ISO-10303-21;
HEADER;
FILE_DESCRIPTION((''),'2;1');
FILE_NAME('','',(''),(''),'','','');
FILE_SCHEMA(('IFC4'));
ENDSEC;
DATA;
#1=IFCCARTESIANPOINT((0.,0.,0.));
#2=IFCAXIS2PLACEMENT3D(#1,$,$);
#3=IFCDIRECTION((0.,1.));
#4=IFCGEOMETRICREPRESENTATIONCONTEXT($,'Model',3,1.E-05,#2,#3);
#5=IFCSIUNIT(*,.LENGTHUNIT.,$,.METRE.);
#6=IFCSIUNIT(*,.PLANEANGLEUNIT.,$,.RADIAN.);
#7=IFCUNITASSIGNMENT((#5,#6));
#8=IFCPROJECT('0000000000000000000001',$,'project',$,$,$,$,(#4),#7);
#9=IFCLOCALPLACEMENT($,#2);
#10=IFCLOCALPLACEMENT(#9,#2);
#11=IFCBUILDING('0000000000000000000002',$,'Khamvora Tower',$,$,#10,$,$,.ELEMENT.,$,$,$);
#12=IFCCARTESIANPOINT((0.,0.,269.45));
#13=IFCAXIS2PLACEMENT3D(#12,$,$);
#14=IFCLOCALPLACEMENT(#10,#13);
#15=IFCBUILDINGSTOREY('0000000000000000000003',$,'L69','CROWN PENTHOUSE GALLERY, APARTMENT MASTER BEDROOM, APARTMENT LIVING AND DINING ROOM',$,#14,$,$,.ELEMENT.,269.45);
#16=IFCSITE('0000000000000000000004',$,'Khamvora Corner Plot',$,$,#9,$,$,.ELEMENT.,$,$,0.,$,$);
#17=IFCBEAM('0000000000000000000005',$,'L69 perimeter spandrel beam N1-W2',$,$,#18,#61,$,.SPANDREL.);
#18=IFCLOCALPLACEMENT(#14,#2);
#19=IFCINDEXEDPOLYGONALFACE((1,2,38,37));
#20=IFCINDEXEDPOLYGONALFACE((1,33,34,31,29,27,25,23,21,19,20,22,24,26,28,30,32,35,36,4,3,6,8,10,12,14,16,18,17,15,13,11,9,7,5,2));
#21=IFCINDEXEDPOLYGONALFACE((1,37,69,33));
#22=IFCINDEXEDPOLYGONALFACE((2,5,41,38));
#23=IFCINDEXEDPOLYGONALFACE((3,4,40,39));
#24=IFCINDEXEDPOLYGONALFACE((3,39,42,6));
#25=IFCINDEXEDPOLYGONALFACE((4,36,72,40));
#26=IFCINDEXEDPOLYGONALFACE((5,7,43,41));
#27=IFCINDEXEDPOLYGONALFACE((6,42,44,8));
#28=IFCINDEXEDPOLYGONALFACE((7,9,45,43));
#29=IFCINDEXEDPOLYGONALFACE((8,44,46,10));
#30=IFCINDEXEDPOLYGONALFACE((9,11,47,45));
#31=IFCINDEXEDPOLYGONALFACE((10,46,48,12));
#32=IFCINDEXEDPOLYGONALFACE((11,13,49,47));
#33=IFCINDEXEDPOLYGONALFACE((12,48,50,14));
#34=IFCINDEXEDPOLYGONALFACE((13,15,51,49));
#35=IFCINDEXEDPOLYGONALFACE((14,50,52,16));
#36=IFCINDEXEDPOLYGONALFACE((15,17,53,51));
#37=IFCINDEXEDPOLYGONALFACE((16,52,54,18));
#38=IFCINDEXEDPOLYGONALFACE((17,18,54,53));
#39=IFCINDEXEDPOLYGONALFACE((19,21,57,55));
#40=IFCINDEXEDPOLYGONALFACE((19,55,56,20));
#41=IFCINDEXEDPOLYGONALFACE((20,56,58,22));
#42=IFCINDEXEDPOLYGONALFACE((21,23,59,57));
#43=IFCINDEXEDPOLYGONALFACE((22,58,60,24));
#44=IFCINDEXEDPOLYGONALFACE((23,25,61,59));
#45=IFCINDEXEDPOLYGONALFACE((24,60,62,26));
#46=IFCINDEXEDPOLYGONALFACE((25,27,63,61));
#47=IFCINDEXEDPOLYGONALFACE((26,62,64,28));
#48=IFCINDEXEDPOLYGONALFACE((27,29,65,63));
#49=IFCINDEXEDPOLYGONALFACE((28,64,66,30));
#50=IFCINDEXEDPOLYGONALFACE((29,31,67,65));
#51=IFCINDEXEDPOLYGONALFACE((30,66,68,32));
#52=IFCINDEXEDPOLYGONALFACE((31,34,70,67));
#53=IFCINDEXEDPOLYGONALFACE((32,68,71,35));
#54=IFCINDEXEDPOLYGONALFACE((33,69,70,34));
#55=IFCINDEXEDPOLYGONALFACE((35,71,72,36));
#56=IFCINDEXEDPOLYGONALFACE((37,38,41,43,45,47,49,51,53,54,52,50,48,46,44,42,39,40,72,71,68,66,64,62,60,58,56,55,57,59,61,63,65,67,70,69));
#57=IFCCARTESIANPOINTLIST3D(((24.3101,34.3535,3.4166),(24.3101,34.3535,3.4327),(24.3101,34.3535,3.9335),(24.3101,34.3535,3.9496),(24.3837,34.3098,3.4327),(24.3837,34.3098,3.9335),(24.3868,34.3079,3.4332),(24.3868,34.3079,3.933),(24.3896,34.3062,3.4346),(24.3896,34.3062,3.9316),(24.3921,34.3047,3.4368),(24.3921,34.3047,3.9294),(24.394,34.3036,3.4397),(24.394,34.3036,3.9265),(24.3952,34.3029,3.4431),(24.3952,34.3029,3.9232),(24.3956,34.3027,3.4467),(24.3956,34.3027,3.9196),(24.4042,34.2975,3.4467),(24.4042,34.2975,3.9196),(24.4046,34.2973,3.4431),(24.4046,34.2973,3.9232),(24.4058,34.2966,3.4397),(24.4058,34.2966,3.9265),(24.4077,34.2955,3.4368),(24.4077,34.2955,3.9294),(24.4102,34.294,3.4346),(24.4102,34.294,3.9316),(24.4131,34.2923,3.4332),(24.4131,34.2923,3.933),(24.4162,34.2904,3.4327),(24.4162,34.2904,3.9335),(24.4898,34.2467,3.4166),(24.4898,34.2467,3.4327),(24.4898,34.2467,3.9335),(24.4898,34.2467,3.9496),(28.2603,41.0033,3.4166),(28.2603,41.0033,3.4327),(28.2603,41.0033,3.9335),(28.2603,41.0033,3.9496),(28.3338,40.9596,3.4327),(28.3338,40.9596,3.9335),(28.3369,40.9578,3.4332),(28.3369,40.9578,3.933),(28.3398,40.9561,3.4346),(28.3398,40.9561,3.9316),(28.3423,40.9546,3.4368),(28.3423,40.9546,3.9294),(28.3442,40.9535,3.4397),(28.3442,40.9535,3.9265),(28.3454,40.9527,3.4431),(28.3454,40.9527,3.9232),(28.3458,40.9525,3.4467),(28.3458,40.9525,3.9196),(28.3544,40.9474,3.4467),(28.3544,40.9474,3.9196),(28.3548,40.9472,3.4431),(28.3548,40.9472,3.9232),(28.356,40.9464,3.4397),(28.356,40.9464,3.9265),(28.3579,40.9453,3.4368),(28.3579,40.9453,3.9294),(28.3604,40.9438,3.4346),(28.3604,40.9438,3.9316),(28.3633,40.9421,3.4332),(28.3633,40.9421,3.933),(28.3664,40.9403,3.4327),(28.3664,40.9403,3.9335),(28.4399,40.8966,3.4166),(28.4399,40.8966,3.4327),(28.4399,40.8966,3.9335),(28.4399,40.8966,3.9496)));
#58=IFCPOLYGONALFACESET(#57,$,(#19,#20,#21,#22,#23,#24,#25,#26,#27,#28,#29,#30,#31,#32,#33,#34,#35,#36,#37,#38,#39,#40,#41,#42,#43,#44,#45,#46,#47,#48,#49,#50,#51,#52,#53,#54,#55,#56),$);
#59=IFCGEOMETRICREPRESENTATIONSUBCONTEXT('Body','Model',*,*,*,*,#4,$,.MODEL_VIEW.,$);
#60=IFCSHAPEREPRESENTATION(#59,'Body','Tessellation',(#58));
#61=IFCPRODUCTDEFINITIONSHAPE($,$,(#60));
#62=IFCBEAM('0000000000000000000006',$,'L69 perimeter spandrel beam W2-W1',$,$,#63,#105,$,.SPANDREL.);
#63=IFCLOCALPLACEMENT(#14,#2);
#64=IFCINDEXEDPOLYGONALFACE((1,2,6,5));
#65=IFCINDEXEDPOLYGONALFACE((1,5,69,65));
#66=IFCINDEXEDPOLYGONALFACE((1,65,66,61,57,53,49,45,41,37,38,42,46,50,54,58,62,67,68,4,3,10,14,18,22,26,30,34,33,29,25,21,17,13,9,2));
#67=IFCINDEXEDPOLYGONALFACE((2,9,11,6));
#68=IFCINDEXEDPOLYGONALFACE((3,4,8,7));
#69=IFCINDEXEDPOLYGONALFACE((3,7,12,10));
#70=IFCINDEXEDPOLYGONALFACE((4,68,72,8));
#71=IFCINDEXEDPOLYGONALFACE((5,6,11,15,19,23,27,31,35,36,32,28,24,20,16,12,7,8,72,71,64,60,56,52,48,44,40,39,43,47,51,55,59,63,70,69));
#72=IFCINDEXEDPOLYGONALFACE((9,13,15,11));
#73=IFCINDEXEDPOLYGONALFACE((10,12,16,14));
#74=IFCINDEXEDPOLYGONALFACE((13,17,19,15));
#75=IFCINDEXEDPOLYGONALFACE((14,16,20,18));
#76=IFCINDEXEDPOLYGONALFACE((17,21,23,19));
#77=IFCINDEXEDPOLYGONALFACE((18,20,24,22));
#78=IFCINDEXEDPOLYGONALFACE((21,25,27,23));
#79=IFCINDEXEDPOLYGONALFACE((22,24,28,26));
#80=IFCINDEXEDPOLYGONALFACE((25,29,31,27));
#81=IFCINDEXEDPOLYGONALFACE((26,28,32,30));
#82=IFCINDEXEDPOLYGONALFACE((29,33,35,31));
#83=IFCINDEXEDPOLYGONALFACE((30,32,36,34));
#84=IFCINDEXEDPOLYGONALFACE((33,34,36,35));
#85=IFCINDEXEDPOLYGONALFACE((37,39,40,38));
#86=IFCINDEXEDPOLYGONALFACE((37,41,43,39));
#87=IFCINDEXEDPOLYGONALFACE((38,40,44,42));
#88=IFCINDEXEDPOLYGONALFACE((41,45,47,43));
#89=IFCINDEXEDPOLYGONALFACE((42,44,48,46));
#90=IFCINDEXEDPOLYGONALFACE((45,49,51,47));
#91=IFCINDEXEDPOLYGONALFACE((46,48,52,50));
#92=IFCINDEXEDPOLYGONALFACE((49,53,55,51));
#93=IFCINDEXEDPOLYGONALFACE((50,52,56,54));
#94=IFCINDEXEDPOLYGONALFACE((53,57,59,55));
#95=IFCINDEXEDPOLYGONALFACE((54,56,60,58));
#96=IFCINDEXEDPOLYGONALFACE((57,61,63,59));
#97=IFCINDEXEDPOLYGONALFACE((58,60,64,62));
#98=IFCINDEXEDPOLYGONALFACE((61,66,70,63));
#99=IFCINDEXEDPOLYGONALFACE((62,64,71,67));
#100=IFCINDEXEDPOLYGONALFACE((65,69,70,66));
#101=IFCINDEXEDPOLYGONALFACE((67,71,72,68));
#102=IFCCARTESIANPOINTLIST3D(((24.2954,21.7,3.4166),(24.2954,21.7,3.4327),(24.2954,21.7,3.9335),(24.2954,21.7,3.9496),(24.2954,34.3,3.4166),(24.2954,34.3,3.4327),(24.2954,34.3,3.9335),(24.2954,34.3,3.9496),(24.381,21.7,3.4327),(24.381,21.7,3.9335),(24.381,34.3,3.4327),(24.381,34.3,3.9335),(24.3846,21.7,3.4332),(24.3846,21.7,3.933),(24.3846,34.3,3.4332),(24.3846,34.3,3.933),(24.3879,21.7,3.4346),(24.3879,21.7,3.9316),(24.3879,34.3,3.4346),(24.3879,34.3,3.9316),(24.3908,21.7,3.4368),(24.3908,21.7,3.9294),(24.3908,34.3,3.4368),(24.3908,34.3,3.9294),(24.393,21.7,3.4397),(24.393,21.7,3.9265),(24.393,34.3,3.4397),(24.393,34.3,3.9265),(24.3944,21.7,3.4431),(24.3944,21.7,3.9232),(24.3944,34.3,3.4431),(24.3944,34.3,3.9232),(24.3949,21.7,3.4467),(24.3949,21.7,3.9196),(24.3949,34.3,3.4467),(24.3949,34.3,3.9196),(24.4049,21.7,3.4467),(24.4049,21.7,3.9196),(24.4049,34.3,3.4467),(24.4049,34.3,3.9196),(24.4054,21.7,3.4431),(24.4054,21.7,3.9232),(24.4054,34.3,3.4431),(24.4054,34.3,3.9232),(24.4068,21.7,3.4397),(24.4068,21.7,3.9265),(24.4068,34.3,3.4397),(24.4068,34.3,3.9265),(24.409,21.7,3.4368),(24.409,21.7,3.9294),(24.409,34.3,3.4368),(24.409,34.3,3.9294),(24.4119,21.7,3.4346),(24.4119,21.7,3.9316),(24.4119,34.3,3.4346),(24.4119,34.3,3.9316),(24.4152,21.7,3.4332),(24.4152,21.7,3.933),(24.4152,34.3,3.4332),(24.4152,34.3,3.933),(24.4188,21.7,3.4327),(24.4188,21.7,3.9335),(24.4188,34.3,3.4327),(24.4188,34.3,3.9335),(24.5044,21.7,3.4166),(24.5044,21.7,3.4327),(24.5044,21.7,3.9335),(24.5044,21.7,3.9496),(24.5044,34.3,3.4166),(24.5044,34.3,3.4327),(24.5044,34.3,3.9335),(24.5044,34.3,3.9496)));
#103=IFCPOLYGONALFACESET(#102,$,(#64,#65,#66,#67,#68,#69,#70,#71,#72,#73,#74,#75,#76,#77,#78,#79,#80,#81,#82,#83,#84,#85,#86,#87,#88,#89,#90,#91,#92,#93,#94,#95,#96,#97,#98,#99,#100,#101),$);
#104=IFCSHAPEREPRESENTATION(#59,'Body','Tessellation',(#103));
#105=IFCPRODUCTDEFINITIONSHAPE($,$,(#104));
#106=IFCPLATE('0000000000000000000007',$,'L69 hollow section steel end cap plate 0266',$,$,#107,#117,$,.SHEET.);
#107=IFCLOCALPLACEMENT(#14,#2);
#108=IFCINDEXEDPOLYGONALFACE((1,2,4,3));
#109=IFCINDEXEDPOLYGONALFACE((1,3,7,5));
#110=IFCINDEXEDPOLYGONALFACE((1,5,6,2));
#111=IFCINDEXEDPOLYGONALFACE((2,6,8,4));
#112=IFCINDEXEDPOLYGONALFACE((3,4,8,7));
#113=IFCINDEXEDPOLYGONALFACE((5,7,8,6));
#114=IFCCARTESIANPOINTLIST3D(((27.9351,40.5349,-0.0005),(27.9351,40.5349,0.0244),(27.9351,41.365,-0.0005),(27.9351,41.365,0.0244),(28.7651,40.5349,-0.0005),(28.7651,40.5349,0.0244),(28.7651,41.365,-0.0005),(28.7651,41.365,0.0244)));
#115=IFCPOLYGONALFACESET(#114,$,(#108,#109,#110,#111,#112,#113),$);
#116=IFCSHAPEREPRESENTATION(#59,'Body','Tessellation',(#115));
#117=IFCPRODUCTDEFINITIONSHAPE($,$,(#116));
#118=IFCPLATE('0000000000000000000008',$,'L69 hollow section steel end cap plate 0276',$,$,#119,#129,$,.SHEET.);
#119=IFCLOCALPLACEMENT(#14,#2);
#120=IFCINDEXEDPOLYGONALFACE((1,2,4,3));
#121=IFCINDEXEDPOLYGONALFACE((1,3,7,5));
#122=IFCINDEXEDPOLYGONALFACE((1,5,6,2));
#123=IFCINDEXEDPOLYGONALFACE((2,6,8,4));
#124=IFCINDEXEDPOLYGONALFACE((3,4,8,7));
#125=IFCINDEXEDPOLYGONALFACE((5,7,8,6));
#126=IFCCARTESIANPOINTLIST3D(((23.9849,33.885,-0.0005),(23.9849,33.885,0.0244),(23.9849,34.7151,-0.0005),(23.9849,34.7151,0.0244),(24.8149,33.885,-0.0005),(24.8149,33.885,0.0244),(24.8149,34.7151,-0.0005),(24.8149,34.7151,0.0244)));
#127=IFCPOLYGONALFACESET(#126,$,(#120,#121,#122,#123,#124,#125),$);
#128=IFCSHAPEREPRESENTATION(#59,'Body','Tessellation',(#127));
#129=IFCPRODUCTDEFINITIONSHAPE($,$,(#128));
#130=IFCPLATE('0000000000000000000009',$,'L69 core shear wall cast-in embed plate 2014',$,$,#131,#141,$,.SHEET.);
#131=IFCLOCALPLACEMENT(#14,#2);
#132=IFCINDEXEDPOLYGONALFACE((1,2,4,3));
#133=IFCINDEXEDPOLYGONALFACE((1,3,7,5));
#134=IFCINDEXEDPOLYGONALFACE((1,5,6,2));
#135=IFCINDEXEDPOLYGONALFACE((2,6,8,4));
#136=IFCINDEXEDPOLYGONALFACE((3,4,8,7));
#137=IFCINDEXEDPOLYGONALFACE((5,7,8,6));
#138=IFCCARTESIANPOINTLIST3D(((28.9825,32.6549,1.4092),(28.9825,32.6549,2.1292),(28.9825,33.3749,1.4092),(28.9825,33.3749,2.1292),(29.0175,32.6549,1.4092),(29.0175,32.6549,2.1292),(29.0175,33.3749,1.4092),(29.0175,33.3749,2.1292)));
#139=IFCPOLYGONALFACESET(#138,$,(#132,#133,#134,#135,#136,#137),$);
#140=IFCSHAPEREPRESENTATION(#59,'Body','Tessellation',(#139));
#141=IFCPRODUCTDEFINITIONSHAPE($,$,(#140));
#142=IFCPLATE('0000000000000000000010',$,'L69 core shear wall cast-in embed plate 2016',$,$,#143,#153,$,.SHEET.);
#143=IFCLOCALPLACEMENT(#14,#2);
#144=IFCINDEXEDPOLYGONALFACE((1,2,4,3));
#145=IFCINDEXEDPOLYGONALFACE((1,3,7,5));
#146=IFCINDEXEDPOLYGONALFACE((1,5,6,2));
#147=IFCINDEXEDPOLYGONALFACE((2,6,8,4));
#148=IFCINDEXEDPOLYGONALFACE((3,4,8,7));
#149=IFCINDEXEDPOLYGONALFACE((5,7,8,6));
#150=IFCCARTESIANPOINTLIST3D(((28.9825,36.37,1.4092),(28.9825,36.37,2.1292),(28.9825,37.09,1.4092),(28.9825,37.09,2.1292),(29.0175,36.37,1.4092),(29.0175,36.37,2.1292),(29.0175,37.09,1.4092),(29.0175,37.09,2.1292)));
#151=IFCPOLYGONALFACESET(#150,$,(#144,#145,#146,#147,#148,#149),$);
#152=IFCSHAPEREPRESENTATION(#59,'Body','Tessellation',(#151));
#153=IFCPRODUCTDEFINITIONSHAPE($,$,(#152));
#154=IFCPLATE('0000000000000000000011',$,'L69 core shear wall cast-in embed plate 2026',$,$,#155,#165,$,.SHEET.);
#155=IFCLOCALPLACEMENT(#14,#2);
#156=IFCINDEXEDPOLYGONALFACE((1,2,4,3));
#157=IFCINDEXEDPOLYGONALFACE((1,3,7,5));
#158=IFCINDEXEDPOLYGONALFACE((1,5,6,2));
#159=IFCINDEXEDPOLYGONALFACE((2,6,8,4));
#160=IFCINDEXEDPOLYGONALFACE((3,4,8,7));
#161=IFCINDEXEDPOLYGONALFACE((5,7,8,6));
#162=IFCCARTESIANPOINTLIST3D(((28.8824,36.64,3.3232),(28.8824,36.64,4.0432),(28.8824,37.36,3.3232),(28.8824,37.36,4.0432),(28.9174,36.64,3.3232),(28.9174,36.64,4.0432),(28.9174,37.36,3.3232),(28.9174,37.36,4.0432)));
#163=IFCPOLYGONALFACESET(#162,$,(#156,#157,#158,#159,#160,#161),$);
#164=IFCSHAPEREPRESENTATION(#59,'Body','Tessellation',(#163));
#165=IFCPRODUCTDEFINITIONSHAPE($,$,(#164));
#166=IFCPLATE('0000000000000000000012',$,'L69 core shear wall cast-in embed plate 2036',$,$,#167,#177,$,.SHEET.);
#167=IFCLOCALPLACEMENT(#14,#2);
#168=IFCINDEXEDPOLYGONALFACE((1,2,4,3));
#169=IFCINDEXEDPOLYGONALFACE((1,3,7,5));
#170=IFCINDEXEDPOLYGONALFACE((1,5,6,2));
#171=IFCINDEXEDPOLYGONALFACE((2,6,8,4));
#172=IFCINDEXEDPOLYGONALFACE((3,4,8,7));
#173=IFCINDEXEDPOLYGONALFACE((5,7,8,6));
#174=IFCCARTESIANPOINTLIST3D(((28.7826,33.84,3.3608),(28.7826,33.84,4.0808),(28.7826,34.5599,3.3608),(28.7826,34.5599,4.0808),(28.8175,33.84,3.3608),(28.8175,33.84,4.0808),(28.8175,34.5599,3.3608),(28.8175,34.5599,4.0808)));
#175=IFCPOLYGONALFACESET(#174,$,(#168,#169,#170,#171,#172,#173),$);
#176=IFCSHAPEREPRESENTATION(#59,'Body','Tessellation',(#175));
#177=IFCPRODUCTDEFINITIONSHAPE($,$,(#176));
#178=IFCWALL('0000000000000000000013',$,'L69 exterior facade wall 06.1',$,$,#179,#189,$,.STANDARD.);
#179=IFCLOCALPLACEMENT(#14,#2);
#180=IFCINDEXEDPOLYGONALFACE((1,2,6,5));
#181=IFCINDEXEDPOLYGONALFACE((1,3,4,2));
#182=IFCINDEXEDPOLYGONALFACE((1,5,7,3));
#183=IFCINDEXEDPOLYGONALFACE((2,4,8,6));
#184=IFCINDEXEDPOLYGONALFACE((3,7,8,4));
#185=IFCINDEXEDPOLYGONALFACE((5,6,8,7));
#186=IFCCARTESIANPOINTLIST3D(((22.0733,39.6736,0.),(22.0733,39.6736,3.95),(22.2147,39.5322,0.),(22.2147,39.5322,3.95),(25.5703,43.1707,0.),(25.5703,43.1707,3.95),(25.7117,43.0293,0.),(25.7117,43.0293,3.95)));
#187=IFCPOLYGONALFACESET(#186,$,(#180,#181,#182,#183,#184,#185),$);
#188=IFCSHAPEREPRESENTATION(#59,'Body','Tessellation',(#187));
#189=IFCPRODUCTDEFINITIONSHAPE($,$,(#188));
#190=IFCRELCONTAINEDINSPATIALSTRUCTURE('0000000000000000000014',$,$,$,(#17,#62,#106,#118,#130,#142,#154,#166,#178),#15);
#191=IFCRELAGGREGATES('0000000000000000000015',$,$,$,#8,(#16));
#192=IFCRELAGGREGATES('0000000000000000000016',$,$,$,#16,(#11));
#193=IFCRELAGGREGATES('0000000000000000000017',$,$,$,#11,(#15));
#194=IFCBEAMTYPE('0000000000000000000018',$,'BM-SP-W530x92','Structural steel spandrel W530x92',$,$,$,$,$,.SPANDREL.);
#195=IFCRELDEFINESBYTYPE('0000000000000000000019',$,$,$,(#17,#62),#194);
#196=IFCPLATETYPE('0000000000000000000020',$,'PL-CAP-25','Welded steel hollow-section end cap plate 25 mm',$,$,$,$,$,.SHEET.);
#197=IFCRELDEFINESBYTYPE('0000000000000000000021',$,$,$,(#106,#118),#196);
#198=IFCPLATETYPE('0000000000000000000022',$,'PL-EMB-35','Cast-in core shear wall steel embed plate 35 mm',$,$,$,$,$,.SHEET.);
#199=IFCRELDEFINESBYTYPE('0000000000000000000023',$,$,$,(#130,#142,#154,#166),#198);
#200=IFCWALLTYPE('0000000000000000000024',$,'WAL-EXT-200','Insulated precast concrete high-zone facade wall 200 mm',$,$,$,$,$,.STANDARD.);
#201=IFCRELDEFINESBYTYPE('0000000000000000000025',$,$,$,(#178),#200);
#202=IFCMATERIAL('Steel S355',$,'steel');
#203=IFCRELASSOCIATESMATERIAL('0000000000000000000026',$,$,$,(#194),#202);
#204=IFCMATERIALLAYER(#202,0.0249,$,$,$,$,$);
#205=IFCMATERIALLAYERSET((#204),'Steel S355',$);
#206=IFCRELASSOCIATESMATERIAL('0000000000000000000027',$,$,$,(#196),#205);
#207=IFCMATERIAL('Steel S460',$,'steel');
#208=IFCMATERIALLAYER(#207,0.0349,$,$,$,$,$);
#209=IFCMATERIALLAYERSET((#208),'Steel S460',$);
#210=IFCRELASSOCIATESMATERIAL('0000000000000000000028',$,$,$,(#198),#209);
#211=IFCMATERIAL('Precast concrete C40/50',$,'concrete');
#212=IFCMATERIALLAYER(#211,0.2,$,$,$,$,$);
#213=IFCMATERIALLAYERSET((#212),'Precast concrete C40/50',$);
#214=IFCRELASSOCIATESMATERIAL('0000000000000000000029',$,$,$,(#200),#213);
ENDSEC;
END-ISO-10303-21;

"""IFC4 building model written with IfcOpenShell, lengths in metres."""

from ifc_helpers import new_model, si_unit, direction, frame, frame_2d, origin, origin_2d, place, context, subcontext, project, spatial, rectangle, i_section, extrude, material, layer, layer_set, material_profile, profile_set, type_object, element, save


model = new_model("IFC4")

# Units and contexts
model_context = context("Model", 3, precision=1e-05, world=origin(), true_north=direction((0.0, 1.0)))
body_context = subcontext(model_context, "Body", "Model", "MODEL_VIEW")
ifc_project = project(units=[si_unit("LENGTHUNIT", "METRE"), si_unit("PLANEANGLEUNIT", "RADIAN")], contexts=[model_context])

# Site, building, storey
site_placement = place(None, origin())
site = spatial("IfcSite", under=ifc_project, at=site_placement, Name="Khamvora Corner Plot", CompositionType="ELEMENT", RefElevation=0.0)
building_placement = place(site_placement, origin())
building = spatial("IfcBuilding", under=site, at=building_placement, Name="Khamvora Tower", CompositionType="ELEMENT")
storey_placement = place(building_placement, frame((0.0, 0.0, 269.45)))
storey = spatial("IfcBuildingStorey", under=building, at=storey_placement, Name="L69", Description="CROWN PENTHOUSE GALLERY, APARTMENT MASTER BEDROOM, APARTMENT LIVING AND DINING ROOM", CompositionType="ELEMENT", Elevation=269.45)

# Shared definitions
ifc_material_1 = material(Name="Steel S355", Category="steel")

# Beams
ifc_material_profile_1 = material_profile(ifc_material_1, i_section(OverallWidth=0.209, OverallDepth=0.533, WebThickness=0.01, FlangeThickness=0.0161, FilletRadius=0.0139, at=origin_2d()), Name="W530x92")
ifc_profile_set_1 = profile_set([ifc_material_profile_1], Name="Steel S355")
beam_type_1 = type_object("IfcBeamType", Name="BM-SP-W530x92", Description="Structural steel spandrel W530x92", PredefinedType="SPANDREL", material=ifc_profile_set_1)
beam_1_placement = place(storey_placement, frame((28.3501, 40.95, 3.6831), z_axis=(-0.510712, -0.859752, 0.0), x_axis=(0.859752, -0.510712, 0.0)))
element("IfcBeam", 1, at=beam_1_placement, inside=storey, type_object=beam_type_1, Name="L69 perimeter spandrel beam N1-W2", PredefinedType="SPANDREL", context=body_context, shape_type="SweptSolid", body=[
    extrude(i_section(OverallWidth=0.209, OverallDepth=0.533, WebThickness=0.01, FlangeThickness=0.0161, FilletRadius=0.0139, at=origin_2d()), origin(), (0.0, 0.0, 1.0), 7.7346),
])
beam_2_placement = place(storey_placement, frame((24.3999, 34.3, 3.6831), z_axis=(0.0, -1.0, 0.0), x_axis=(1.0, 0.0, 0.0)))
element("IfcBeam", 2, at=beam_2_placement, inside=storey, type_object=beam_type_1, Name="L69 perimeter spandrel beam W2-W1", PredefinedType="SPANDREL", context=body_context, shape_type="SweptSolid", body=[
    extrude(i_section(OverallWidth=0.209, OverallDepth=0.533, WebThickness=0.01, FlangeThickness=0.0161, FilletRadius=0.0139, at=origin_2d()), origin(), (0.0, 0.0, 1.0), 12.6001),
])

# Plates
ifc_layer_1 = layer(ifc_material_1, 0.0249)
ifc_layer_set_1 = layer_set([ifc_layer_1], Name="Steel S355")
plate_type_1 = type_object("IfcPlateType", Name="PL-CAP-25", Description="Welded steel hollow-section end cap plate 25 mm", PredefinedType="SHEET", material=ifc_layer_set_1)
for number, where, z_axis, x_axis, name in (
    (3, (28.3501, 40.95, -0.0005), (0.0, 0.0, 1.0), (1.0, 0.0, 0.0), "L69 hollow section steel end cap plate 0266"),
    (4, (24.3999, 34.3, -0.0005), (0.0, 0.0, 1.0), (1.0, 0.0, 0.0), "L69 hollow section steel end cap plate 0276"),
):
    element("IfcPlate", number, at=place(storey_placement, frame(where, z_axis=z_axis, x_axis=x_axis)), inside=storey, type_object=plate_type_1, Name=name, PredefinedType="SHEET", context=body_context, shape_type="SweptSolid", body=[
        extrude(rectangle(XDim=0.8301, YDim=0.8301, at=origin_2d()), origin(), (0.0, 0.0, 1.0), 0.0249),
    ])
ifc_material_2 = material(Name="Steel S460", Category="steel")
ifc_layer_2 = layer(ifc_material_2, 0.0349)
ifc_layer_set_2 = layer_set([ifc_layer_2], Name="Steel S460")
plate_type_2 = type_object("IfcPlateType", Name="PL-EMB-35", Description="Cast-in core shear wall steel embed plate 35 mm", PredefinedType="SHEET", material=ifc_layer_set_2)
for number, where, z_axis, x_axis, name in (
    (5, (29.0, 33.0149, 1.4092), (0.0, 0.0, 1.0), (1.0, 0.0, 0.0), "L69 core shear wall cast-in embed plate 2014"),
    (6, (29.0, 36.73, 1.4092), (0.0, 0.0, 1.0), (1.0, 0.0, 0.0), "L69 core shear wall cast-in embed plate 2016"),
    (7, (28.8999, 37.0, 3.3232), (0.0, 0.0, 1.0), (1.0, 0.0, 0.0), "L69 core shear wall cast-in embed plate 2026"),
    (8, (28.8, 34.2, 3.3608), (0.0, 0.0, 1.0), (1.0, 0.0, 0.0), "L69 core shear wall cast-in embed plate 2036"),
):
    element("IfcPlate", number, at=place(storey_placement, frame(where, z_axis=z_axis, x_axis=x_axis)), inside=storey, type_object=plate_type_2, Name=name, PredefinedType="SHEET", context=body_context, shape_type="SweptSolid", body=[
        extrude(rectangle(XDim=0.0349, YDim=0.72, at=origin_2d()), origin(), (0.0, 0.0, 1.0), 0.72),
    ])

# Wall
ifc_material_3 = material(Name="Precast concrete C40/50", Category="concrete")
ifc_layer_3 = layer(ifc_material_3, 0.2)
ifc_layer_set_3 = layer_set([ifc_layer_3], Name="Precast concrete C40/50")
wall_type = type_object("IfcWallType", Name="WAL-EXT-200", Description="Insulated precast concrete high-zone facade wall 200 mm", PredefinedType="STANDARD", material=ifc_layer_set_3)
wall_1_placement = place(storey_placement, frame((22.144, 39.603, 0.0), z_axis=(0.0, 0.0, 1.0), x_axis=(0.707107, 0.707107, 0.0)))
element("IfcWall", 9, at=wall_1_placement, inside=storey, type_object=wall_type, Name="L69 exterior facade wall 06.1", PredefinedType="STANDARD", context=body_context, shape_type="SweptSolid", body=[
    extrude(rectangle(XDim=4.9456, YDim=0.2, at=frame_2d((2.4727, 0.0))), origin(), (0.0, 0.0, 1.0), 3.95),
])

save(model, "model.ifc")
